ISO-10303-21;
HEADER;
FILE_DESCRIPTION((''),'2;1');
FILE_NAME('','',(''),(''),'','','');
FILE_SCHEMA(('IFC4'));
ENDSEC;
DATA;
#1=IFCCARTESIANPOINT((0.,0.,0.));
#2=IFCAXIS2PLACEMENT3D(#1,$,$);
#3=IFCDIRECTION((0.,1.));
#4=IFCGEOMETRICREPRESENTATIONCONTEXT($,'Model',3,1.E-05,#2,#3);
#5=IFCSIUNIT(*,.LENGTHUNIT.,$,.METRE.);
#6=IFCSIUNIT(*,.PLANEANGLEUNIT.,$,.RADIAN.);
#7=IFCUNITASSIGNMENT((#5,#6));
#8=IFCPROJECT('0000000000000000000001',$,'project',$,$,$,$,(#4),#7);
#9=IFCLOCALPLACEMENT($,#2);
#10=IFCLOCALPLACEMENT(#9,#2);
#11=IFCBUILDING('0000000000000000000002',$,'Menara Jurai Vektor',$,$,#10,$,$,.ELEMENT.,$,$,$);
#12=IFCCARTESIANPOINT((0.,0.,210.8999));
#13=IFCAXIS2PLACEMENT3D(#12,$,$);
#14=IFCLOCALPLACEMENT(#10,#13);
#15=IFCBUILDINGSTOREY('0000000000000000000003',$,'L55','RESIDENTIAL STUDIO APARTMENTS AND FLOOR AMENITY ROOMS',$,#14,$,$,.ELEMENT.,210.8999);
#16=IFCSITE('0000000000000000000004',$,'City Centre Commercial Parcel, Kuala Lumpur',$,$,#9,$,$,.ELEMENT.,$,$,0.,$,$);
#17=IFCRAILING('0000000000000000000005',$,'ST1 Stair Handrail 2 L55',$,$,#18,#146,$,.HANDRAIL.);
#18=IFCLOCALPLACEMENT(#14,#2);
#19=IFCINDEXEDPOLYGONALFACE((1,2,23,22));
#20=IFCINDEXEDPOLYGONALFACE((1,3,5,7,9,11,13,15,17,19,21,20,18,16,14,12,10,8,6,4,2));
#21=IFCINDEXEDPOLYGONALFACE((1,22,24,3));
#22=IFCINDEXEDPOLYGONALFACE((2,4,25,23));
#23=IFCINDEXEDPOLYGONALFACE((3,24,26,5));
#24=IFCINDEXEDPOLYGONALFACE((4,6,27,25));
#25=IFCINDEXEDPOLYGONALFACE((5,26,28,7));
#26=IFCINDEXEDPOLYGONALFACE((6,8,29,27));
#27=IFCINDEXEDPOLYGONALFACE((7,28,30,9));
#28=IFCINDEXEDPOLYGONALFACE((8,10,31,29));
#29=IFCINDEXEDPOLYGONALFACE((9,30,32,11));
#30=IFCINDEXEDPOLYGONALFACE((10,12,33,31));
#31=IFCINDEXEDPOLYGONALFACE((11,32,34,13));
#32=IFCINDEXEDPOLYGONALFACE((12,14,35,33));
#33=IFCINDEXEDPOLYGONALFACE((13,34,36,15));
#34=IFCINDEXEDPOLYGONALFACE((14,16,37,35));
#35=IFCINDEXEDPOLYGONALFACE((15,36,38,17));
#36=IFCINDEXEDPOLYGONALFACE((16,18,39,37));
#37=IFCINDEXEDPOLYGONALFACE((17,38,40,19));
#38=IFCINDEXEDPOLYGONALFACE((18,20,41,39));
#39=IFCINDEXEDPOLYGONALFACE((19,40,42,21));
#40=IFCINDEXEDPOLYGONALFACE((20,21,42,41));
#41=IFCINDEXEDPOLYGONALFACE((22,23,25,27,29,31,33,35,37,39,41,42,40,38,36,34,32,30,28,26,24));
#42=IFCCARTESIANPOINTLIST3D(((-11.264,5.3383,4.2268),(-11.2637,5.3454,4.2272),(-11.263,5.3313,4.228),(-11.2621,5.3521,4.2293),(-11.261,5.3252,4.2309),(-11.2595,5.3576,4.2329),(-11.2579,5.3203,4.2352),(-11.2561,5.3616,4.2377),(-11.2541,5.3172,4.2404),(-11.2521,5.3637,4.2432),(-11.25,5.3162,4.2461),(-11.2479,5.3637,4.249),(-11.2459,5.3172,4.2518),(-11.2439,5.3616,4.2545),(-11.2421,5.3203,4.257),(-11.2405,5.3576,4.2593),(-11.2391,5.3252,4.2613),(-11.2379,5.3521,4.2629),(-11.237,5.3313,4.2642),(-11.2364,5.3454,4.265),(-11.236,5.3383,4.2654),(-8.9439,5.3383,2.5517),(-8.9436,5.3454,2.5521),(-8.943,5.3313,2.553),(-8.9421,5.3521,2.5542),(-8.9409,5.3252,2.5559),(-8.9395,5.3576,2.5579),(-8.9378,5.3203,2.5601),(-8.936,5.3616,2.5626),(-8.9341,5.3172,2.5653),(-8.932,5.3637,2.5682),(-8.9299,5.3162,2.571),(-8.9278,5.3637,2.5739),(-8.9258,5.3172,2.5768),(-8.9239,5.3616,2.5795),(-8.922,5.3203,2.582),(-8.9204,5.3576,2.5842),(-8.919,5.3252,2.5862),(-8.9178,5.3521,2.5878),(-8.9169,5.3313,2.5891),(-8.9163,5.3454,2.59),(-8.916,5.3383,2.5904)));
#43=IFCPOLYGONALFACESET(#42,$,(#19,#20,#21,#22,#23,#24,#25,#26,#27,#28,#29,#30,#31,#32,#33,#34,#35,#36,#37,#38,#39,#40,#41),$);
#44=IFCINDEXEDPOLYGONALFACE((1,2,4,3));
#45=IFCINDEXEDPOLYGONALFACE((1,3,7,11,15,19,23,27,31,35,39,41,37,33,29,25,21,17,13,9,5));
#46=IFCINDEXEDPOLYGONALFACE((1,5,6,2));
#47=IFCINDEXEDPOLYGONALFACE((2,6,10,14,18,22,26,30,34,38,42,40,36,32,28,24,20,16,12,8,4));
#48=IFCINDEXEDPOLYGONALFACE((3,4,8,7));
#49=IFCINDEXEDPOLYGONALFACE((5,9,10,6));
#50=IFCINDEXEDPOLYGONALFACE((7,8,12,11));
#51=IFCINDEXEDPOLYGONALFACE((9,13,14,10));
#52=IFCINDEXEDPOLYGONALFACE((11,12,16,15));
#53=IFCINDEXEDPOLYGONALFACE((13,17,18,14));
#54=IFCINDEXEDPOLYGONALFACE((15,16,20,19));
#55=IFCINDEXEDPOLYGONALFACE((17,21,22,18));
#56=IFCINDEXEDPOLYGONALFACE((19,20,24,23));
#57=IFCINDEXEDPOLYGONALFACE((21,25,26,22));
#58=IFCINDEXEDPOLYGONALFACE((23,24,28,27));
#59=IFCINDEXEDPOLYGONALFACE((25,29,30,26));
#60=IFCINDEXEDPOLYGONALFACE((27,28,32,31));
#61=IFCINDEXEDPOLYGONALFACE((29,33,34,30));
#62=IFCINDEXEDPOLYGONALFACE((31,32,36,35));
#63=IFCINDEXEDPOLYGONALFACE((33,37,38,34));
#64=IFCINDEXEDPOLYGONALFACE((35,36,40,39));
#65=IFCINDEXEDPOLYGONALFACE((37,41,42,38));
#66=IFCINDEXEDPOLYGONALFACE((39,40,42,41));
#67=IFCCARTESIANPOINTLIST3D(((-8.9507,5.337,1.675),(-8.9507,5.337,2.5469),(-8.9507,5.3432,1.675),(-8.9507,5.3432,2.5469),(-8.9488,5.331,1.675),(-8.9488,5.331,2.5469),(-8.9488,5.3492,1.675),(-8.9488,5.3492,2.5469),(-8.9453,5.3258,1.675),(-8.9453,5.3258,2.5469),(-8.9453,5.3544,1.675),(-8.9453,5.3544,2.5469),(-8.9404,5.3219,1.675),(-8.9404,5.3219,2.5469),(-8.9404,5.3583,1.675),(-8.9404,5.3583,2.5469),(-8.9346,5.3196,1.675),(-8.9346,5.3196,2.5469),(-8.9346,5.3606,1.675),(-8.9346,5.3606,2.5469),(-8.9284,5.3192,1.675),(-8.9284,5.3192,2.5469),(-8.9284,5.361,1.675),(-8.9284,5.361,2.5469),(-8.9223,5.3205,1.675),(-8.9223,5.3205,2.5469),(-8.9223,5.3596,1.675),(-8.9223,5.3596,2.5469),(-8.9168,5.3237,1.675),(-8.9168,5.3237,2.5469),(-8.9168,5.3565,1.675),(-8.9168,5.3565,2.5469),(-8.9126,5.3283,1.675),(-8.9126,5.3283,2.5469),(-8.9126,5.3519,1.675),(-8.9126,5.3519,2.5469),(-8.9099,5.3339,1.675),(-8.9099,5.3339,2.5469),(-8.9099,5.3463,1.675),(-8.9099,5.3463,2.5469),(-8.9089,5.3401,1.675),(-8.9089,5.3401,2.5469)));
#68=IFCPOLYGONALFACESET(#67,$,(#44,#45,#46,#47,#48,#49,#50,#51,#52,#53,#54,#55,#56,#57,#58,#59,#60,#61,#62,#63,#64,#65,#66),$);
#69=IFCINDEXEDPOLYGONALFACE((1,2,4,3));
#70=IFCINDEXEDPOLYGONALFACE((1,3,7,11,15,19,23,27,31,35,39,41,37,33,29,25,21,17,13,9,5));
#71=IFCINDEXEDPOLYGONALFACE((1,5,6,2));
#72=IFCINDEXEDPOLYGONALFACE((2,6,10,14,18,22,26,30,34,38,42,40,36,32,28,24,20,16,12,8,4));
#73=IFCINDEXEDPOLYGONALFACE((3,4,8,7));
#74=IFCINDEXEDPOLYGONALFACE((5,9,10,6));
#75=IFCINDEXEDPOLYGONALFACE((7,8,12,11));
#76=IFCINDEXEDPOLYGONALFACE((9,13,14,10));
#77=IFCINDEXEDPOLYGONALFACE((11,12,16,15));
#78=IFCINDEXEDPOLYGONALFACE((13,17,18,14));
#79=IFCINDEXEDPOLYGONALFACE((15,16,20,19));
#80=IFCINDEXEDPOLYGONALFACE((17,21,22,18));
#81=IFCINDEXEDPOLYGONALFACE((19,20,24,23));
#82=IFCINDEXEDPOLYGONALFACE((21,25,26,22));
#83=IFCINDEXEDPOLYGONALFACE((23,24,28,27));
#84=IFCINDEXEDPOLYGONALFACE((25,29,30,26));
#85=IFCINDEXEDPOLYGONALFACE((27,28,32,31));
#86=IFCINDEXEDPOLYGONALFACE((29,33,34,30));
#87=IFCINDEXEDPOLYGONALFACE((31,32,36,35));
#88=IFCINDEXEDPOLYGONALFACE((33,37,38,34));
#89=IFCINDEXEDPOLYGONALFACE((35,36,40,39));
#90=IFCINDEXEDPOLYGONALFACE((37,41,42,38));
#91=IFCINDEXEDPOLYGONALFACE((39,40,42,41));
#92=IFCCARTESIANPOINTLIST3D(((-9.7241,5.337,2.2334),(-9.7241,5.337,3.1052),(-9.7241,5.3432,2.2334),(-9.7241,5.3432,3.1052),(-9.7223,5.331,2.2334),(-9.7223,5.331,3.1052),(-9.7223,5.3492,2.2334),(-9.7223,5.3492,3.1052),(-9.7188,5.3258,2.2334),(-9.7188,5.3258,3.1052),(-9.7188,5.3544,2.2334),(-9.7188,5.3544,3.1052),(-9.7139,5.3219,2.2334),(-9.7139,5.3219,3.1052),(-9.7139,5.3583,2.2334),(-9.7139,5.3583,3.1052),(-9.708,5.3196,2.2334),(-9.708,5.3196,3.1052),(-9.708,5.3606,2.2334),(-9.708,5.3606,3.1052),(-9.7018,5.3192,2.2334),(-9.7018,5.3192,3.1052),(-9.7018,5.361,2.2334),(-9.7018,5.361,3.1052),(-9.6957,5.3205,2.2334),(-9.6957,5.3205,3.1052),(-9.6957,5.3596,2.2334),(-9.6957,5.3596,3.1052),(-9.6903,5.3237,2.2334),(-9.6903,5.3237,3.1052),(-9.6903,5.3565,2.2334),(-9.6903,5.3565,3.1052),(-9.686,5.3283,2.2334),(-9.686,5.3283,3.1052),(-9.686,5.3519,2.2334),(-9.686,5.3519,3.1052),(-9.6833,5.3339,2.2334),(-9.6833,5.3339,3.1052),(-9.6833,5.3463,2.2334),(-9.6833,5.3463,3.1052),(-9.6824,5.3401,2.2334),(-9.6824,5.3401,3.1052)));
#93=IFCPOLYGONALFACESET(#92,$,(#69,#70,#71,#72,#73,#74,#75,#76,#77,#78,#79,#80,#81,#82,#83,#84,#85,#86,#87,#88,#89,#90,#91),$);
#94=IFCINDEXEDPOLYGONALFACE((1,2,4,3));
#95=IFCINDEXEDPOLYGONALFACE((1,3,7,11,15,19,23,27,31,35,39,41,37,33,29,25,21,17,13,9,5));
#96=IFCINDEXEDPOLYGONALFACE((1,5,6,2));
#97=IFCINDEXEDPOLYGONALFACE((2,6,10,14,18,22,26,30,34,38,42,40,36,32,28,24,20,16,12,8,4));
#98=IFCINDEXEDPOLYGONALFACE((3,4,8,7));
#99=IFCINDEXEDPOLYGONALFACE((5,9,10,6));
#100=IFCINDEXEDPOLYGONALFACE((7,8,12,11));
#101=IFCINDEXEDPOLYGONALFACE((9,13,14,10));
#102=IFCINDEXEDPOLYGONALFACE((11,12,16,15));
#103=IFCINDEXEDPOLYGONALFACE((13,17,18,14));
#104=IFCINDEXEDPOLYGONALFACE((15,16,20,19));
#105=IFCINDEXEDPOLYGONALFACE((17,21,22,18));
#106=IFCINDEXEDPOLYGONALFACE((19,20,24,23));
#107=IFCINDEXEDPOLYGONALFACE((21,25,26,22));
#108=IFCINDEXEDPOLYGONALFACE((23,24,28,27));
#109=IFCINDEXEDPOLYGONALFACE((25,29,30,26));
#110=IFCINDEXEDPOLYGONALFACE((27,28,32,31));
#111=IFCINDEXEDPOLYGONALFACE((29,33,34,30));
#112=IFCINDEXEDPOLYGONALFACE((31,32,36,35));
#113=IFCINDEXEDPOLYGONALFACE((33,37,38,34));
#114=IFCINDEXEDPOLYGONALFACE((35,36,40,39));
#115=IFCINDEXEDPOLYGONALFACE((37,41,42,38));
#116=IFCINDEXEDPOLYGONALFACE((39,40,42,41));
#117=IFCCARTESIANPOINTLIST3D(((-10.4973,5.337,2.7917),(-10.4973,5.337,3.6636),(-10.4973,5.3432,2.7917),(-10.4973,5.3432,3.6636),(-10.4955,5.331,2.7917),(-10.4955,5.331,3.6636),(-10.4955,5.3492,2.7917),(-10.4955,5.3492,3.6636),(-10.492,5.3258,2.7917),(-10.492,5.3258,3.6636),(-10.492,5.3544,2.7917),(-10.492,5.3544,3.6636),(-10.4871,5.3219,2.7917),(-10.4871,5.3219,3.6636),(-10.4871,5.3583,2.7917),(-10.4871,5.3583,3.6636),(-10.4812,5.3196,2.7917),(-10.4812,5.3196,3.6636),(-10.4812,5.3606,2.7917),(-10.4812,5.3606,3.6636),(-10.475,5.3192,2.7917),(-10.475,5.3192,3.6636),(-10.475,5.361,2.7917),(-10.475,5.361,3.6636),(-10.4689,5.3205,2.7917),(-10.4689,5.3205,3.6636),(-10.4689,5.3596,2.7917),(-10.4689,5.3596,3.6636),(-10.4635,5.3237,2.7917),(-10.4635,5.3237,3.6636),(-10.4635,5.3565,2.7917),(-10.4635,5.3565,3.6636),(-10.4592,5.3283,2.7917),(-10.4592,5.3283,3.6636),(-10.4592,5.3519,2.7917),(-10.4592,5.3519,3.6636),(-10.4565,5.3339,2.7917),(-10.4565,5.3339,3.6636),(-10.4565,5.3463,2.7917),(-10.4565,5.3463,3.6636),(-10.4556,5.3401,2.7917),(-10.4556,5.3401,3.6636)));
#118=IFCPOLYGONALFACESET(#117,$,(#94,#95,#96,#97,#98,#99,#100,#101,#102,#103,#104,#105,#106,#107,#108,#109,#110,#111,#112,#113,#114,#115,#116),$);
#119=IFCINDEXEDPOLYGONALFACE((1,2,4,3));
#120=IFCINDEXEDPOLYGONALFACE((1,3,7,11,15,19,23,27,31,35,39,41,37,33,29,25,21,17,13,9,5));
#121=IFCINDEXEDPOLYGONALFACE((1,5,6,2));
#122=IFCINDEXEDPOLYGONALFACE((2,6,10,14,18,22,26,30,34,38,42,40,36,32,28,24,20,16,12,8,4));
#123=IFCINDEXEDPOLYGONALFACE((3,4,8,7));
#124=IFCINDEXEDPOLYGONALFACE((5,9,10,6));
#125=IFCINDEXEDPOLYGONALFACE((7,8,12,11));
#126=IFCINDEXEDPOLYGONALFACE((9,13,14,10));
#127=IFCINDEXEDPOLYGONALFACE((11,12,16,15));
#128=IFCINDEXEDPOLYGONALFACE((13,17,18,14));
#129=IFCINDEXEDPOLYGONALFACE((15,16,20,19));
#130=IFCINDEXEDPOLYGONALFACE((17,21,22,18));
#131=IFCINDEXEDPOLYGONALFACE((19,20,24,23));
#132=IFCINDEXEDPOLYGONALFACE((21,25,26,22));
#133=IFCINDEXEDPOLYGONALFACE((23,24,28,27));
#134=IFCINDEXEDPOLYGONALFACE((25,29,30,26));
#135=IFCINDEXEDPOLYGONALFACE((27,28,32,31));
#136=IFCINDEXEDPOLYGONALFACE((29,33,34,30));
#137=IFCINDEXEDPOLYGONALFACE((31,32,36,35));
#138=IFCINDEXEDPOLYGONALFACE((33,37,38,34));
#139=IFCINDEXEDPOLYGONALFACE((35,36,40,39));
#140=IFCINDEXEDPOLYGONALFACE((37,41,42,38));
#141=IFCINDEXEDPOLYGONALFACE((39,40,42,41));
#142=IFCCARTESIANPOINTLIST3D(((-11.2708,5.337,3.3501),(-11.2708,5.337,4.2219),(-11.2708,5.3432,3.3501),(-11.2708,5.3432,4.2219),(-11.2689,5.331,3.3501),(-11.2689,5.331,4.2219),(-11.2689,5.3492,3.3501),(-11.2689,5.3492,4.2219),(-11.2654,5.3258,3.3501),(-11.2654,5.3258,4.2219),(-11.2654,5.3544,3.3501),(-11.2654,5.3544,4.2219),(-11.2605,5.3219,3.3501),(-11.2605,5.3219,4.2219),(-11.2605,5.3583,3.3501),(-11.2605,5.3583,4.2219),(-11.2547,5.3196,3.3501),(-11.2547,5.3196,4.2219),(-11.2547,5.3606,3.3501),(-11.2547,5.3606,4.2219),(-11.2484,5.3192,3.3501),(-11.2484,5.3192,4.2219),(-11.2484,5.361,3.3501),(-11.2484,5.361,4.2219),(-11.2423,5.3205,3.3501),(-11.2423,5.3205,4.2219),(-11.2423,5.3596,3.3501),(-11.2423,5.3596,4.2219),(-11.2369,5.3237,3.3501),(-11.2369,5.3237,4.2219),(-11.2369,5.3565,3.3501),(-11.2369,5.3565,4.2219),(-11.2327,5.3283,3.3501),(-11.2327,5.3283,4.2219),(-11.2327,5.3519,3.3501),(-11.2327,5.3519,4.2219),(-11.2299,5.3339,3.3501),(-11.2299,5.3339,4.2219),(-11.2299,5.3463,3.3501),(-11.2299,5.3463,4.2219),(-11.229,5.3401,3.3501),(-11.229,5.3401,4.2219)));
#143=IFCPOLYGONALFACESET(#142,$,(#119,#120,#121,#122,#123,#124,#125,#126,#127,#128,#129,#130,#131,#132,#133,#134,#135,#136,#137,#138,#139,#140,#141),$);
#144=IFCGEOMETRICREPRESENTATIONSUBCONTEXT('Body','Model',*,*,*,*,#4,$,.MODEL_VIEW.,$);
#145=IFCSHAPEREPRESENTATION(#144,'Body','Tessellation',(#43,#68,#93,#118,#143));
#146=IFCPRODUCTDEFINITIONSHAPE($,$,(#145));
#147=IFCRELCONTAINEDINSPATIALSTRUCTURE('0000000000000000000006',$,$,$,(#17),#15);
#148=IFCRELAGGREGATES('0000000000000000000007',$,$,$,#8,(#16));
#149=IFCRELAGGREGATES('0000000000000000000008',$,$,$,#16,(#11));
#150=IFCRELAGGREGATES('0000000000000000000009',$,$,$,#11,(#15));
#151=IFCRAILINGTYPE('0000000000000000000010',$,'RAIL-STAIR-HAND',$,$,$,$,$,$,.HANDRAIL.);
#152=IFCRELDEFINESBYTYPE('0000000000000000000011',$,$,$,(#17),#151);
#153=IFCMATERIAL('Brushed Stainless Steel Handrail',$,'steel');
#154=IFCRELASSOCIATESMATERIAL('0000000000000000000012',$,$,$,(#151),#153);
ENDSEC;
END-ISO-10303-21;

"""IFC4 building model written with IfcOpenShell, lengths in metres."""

from ifc_helpers import new_model, si_unit, direction, frame, origin, origin_2d, place, context, subcontext, project, spatial, circle, extrude, material, type_object, element, save


model = new_model("IFC4")

# Units and contexts
model_context = context("Model", 3, precision=1e-05, world=origin(), true_north=direction((0.0, 1.0)))
body_context = subcontext(model_context, "Body", "Model", "MODEL_VIEW")
ifc_project = project(units=[si_unit("LENGTHUNIT", "METRE"), si_unit("PLANEANGLEUNIT", "RADIAN")], contexts=[model_context])

# Site, building, storey
site_placement = place(None, origin())
site = spatial("IfcSite", under=ifc_project, at=site_placement, Name="City Centre Commercial Parcel, Kuala Lumpur", CompositionType="ELEMENT", RefElevation=0.0)
building_placement = place(site_placement, origin())
building = spatial("IfcBuilding", under=site, at=building_placement, Name="Menara Jurai Vektor", CompositionType="ELEMENT")
storey_placement = place(building_placement, frame((0.0, 0.0, 210.8999)))
storey = spatial("IfcBuildingStorey", under=building, at=storey_placement, Name="L55", Description="RESIDENTIAL STUDIO APARTMENTS AND FLOOR AMENITY ROOMS", CompositionType="ELEMENT", Elevation=210.8999)

# Railing
ifc_material_1 = material(Name="Brushed Stainless Steel Handrail", Category="steel")
railing_type_1 = type_object("IfcRailingType", Name="RAIL-STAIR-HAND", PredefinedType="HANDRAIL", material=ifc_material_1)
railing_1_placement = place(storey_placement, frame((-8.9299, 5.3401, 1.675)))
element("IfcRailing", 1, at=railing_1_placement, inside=storey, type_object=railing_type_1, Name="ST1 Stair Handrail 2 L55", PredefinedType="HANDRAIL", context=body_context, shape_type="SweptSolid", body=[
    extrude(circle(Radius=0.0239, at=origin_2d()), frame((0.0, 0.0, 0.896), z_axis=(-0.810771, 0.0, 0.585363), x_axis=(0.0, -1.0, 0.0)), (0.0, 0.0, 1.0), 2.8616),
    extrude(circle(Radius=0.021, at=origin_2d()), origin(), (0.0, 0.0, 1.0), 0.8718),
    extrude(circle(Radius=0.021, at=origin_2d()), frame((-0.7734, 0.0, 0.5583)), (0.0, 0.0, 1.0), 0.8718),
    extrude(circle(Radius=0.021, at=origin_2d()), frame((-1.5466, 0.0, 1.1167)), (0.0, 0.0, 1.0), 0.8718),
    extrude(circle(Radius=0.021, at=origin_2d()), frame((-2.3201, 0.0, 1.675)), (0.0, 0.0, 1.0), 0.8718),
])

save(model, "model.ifc")
